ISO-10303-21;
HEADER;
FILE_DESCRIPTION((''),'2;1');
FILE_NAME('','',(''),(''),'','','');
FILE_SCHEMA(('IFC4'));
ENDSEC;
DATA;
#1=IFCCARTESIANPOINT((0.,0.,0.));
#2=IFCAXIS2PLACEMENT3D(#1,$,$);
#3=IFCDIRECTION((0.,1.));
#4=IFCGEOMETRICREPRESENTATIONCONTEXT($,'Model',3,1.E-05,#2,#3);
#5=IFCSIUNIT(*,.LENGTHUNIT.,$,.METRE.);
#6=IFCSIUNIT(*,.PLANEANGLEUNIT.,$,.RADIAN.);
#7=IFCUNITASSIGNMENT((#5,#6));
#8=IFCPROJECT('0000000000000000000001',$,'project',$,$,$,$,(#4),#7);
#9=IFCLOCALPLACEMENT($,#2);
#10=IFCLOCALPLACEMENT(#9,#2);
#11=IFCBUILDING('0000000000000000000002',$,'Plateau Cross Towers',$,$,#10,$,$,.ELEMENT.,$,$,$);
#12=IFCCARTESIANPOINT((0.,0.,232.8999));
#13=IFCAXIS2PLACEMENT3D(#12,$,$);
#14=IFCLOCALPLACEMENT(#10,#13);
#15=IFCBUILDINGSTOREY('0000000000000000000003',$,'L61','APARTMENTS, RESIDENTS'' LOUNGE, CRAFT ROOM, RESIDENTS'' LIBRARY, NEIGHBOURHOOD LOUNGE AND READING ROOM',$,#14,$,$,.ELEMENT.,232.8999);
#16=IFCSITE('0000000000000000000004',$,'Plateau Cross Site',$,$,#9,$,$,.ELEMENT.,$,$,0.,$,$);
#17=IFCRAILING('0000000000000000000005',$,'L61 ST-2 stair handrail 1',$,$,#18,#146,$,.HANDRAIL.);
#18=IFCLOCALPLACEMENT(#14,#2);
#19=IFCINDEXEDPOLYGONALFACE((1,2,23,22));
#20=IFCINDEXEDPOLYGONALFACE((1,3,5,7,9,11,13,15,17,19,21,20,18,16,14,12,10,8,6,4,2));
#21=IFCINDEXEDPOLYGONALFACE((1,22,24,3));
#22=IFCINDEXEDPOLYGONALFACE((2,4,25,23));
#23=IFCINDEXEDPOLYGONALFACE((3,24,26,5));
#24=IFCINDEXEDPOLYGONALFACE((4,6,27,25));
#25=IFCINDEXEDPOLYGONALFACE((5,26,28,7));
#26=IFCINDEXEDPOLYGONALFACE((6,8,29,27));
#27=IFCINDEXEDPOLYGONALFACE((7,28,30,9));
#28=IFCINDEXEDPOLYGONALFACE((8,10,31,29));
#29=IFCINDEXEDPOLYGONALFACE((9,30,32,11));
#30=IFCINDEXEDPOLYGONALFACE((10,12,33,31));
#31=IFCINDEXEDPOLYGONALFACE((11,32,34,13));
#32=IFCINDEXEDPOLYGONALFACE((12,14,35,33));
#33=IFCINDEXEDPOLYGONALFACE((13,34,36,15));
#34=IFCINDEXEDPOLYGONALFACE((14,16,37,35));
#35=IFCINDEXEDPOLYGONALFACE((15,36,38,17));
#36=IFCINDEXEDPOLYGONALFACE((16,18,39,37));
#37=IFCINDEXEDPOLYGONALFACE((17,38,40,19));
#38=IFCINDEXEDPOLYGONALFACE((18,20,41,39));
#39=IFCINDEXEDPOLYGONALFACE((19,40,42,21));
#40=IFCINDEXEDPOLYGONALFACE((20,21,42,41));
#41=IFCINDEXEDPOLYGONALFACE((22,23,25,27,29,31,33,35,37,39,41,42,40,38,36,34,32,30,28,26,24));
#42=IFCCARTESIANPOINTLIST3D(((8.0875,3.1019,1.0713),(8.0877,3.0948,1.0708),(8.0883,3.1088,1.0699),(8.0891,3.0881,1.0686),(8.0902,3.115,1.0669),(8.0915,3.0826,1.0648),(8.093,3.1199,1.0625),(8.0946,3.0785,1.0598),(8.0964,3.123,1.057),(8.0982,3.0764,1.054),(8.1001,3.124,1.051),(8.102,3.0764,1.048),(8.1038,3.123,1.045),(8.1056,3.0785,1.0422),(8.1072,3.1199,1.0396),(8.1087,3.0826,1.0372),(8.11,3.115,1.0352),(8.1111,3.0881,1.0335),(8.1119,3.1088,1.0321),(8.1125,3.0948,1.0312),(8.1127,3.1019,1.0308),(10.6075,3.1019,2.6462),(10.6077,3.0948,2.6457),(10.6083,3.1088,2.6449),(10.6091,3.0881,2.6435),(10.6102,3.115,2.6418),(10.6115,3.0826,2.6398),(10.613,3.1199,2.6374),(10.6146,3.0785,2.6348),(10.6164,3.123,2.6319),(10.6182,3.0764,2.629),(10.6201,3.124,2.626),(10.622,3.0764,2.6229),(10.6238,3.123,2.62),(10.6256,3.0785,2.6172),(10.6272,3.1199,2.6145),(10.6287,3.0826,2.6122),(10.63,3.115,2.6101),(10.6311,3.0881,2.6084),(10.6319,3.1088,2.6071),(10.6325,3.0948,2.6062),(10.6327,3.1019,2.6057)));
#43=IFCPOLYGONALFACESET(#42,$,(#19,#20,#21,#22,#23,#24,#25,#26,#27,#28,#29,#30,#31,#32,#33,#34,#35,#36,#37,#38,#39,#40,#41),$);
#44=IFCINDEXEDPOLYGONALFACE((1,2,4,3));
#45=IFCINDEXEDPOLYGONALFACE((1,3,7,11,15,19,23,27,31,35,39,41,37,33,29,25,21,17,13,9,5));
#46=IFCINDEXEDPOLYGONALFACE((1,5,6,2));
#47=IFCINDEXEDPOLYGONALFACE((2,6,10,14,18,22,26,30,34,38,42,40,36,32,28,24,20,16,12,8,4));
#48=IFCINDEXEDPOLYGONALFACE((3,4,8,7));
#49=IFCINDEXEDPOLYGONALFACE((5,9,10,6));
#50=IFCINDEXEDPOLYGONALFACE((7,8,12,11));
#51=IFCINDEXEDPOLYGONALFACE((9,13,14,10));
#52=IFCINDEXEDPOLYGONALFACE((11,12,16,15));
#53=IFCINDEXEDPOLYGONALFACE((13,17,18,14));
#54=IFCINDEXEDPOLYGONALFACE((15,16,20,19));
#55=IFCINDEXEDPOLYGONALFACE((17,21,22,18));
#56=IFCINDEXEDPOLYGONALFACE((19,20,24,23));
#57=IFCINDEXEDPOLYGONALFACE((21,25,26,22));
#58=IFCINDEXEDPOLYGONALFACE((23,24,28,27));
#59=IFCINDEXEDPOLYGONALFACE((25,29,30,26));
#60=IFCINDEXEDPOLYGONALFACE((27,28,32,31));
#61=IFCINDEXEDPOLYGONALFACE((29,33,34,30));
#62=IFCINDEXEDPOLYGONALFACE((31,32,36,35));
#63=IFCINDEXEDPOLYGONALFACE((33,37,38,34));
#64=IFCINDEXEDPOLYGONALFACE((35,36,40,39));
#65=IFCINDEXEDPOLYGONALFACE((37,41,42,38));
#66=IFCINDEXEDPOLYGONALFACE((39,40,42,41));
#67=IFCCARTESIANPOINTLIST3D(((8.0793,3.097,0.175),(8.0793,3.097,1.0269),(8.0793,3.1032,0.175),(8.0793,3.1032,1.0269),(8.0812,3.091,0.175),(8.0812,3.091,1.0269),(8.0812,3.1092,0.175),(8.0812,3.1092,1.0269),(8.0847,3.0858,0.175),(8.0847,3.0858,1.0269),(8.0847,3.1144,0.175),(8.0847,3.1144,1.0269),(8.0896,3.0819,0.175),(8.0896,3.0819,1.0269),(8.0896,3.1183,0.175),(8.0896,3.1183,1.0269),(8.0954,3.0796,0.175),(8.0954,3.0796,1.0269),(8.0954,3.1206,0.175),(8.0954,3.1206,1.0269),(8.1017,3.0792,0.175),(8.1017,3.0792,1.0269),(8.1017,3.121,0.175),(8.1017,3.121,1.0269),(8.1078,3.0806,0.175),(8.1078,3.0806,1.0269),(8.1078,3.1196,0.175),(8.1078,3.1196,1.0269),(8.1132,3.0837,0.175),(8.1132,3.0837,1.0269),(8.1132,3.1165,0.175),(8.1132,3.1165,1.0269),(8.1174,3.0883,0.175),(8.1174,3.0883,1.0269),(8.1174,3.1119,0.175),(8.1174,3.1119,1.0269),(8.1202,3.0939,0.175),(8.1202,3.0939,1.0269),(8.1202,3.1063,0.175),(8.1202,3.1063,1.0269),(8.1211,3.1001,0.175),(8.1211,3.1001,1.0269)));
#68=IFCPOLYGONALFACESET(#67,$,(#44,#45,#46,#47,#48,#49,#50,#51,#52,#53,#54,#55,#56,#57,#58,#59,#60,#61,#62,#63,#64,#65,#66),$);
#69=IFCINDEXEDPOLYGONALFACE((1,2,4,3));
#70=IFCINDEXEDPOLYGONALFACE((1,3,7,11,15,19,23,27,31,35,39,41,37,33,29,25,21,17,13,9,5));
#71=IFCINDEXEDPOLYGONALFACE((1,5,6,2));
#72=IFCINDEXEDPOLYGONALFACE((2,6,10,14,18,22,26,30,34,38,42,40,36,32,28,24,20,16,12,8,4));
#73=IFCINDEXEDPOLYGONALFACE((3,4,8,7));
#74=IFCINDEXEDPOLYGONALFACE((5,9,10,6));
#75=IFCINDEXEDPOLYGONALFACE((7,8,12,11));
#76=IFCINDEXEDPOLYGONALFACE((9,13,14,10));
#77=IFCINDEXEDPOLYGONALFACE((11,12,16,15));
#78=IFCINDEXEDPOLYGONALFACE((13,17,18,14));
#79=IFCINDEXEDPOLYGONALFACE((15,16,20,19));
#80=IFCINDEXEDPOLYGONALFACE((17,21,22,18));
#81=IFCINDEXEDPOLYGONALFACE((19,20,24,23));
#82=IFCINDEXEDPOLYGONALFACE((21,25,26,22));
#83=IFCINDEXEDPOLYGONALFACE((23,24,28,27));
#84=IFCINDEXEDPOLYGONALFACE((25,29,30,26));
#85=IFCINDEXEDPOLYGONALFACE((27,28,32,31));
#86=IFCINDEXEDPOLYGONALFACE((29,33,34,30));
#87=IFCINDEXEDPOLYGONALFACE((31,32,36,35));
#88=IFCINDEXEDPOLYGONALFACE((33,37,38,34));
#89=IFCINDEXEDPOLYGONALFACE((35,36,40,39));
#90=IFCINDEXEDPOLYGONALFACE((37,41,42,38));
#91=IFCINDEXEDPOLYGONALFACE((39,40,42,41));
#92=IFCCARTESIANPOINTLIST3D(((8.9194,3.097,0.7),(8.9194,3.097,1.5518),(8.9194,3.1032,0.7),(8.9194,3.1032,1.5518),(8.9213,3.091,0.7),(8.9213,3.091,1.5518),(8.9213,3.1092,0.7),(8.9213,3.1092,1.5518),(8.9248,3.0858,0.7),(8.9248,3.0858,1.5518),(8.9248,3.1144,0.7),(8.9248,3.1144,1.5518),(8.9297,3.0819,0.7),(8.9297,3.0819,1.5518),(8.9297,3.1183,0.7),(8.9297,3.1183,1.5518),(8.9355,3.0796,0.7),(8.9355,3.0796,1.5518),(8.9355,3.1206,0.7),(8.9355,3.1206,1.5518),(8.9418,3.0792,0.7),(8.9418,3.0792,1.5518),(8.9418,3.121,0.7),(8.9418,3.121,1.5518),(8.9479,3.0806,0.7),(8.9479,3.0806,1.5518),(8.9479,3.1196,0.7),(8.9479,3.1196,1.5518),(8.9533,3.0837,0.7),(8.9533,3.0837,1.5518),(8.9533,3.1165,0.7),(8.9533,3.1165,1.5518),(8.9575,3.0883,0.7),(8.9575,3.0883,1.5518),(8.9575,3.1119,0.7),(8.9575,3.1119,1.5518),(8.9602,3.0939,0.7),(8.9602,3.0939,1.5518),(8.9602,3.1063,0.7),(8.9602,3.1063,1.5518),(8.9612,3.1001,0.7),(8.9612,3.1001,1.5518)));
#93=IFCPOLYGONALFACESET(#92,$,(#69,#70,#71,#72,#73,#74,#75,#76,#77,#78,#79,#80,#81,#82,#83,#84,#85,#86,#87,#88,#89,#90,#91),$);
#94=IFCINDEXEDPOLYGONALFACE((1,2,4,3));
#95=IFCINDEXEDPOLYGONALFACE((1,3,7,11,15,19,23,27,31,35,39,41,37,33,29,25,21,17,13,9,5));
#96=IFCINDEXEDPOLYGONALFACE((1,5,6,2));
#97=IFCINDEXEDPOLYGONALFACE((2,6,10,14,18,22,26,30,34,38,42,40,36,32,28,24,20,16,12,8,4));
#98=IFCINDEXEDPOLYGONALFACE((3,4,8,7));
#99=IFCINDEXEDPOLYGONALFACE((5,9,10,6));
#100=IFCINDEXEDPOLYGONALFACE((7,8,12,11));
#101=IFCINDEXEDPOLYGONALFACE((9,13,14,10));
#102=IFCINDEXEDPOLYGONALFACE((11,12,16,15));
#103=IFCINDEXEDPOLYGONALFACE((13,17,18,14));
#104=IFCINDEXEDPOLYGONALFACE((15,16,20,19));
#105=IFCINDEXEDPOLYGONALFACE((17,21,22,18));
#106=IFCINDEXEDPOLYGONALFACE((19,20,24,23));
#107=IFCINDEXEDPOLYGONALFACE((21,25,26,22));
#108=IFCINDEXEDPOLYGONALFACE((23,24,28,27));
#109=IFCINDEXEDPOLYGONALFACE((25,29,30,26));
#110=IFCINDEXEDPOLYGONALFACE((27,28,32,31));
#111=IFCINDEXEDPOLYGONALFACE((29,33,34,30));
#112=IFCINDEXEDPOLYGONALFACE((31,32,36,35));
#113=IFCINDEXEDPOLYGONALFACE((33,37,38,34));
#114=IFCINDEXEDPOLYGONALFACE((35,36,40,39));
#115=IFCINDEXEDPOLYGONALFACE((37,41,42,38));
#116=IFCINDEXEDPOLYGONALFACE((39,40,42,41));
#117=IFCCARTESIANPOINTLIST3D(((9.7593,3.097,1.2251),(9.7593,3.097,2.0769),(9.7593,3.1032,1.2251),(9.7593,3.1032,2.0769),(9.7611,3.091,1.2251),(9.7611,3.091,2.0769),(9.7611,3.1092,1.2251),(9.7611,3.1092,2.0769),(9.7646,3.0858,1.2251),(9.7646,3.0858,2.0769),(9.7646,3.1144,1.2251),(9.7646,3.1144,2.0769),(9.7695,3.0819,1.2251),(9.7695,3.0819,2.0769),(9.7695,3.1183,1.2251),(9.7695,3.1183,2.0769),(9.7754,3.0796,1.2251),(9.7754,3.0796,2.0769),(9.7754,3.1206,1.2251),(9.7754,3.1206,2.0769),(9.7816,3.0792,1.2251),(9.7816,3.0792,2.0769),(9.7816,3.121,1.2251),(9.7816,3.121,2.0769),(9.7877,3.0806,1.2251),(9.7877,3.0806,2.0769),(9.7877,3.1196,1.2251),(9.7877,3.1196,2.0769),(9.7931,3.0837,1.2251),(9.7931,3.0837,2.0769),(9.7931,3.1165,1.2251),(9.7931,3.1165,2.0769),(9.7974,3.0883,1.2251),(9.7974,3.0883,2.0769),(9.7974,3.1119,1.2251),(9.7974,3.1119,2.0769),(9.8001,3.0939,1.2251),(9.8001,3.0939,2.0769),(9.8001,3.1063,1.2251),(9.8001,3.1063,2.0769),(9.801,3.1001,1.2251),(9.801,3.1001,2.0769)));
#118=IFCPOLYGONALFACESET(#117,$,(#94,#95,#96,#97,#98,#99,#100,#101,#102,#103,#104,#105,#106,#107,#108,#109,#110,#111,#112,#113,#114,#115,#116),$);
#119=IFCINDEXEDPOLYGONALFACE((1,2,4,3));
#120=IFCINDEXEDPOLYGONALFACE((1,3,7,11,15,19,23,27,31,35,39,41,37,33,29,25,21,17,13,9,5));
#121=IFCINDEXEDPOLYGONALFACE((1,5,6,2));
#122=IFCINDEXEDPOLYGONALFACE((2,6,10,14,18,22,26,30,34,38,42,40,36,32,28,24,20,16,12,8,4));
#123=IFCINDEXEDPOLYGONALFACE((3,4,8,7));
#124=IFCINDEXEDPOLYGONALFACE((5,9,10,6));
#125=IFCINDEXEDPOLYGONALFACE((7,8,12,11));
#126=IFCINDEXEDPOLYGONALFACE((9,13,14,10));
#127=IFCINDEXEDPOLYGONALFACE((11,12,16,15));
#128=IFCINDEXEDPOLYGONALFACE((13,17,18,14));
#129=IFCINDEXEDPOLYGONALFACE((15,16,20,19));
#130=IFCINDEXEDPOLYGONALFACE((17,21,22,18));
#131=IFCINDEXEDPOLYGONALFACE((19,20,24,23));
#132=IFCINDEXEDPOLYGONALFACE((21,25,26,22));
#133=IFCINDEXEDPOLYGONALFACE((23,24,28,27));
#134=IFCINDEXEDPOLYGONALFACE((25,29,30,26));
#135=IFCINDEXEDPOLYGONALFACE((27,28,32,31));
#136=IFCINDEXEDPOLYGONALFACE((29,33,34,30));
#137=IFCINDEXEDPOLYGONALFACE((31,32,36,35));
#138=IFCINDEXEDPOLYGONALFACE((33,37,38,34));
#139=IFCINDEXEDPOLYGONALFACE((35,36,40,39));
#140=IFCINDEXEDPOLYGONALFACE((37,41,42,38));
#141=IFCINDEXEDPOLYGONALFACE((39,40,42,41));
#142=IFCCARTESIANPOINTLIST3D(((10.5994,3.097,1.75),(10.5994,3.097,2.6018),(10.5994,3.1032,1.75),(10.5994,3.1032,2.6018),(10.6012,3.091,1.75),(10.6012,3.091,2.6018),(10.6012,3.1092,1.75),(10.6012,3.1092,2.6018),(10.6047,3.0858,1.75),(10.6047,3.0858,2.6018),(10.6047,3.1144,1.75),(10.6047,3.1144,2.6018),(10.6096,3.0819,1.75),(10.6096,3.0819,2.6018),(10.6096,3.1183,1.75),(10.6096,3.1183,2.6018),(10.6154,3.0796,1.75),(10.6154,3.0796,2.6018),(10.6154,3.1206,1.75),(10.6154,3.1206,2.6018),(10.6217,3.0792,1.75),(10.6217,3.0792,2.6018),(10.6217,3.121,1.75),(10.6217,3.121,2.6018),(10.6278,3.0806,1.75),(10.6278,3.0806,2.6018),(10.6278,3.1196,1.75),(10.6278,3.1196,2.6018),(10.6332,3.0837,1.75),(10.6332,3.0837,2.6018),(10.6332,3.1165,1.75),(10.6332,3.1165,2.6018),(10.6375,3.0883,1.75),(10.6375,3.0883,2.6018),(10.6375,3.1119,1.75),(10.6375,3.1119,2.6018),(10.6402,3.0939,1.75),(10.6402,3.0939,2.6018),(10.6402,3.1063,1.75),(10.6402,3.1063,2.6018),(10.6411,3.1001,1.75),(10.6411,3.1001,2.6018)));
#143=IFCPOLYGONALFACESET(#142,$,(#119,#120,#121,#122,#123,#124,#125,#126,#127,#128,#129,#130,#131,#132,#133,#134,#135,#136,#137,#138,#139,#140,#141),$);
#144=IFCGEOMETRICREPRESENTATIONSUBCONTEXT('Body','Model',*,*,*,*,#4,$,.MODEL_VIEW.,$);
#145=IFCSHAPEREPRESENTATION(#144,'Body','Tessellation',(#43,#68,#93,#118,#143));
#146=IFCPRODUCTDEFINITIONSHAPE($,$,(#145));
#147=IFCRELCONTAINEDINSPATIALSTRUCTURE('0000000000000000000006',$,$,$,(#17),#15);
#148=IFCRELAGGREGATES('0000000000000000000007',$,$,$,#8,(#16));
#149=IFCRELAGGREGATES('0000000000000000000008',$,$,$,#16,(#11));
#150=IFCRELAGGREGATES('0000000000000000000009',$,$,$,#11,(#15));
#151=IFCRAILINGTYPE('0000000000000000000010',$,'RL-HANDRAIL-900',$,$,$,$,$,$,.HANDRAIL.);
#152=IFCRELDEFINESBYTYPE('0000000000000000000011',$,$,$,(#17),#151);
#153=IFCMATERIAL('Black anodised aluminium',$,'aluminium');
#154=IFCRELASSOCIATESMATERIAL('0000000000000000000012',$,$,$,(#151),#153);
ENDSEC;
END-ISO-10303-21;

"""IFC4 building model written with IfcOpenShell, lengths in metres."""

from ifc_helpers import new_model, si_unit, direction, frame, origin, origin_2d, place, context, subcontext, project, spatial, circle, extrude, material, type_object, element, save


model = new_model("IFC4")

# Units and contexts
model_context = context("Model", 3, precision=1e-05, world=origin(), true_north=direction((0.0, 1.0)))
body_context = subcontext(model_context, "Body", "Model", "MODEL_VIEW")
ifc_project = project(units=[si_unit("LENGTHUNIT", "METRE"), si_unit("PLANEANGLEUNIT", "RADIAN")], contexts=[model_context])

# Site, building, storey
site_placement = place(None, origin())
site = spatial("IfcSite", under=ifc_project, at=site_placement, Name="Plateau Cross Site", CompositionType="ELEMENT", RefElevation=0.0)
building_placement = place(site_placement, origin())
building = spatial("IfcBuilding", under=site, at=building_placement, Name="Plateau Cross Towers", CompositionType="ELEMENT")
storey_placement = place(building_placement, frame((0.0, 0.0, 232.8999)))
storey = spatial("IfcBuildingStorey", under=building, at=storey_placement, Name="L61", Description="APARTMENTS, RESIDENTS' LOUNGE, CRAFT ROOM, RESIDENTS' LIBRARY, NEIGHBOURHOOD LOUNGE AND READING ROOM", CompositionType="ELEMENT", Elevation=232.8999)

# Shared definitions
ifc_material_1 = material(Name="Black anodised aluminium", Category="aluminium")

# Railing
railing_type_1 = type_object("IfcRailingType", Name="RL-HANDRAIL-900", PredefinedType="HANDRAIL", material=ifc_material_1)
railing_1_placement = place(storey_placement, frame((8.1001, 3.1001, 0.175)))
element("IfcRailing", 1, at=railing_1_placement, inside=storey, type_object=railing_type_1, Name="L61 ST-2 stair handrail 1", PredefinedType="HANDRAIL", context=body_context, shape_type="SweptSolid", body=[
    extrude(circle(Radius=0.0239, at=origin_2d()), frame((0.0, 0.0, 0.876), z_axis=(0.848008, 0.0, 0.529984), x_axis=(0.0, 1.0, 0.0)), (0.0, 0.0, 1.0), 2.9717),
    extrude(circle(Radius=0.021, at=origin_2d()), origin(), (0.0, 0.0, 1.0), 0.8518),
    extrude(circle(Radius=0.021, at=origin_2d()), frame((0.8401, 0.0, 0.5249)), (0.0, 0.0, 1.0), 0.8518),
    extrude(circle(Radius=0.021, at=origin_2d()), frame((1.6799, 0.0, 1.05)), (0.0, 0.0, 1.0), 0.8518),
    extrude(circle(Radius=0.021, at=origin_2d()), frame((2.52, 0.0, 1.575)), (0.0, 0.0, 1.0), 0.8518),
])

save(model, "model.ifc")
